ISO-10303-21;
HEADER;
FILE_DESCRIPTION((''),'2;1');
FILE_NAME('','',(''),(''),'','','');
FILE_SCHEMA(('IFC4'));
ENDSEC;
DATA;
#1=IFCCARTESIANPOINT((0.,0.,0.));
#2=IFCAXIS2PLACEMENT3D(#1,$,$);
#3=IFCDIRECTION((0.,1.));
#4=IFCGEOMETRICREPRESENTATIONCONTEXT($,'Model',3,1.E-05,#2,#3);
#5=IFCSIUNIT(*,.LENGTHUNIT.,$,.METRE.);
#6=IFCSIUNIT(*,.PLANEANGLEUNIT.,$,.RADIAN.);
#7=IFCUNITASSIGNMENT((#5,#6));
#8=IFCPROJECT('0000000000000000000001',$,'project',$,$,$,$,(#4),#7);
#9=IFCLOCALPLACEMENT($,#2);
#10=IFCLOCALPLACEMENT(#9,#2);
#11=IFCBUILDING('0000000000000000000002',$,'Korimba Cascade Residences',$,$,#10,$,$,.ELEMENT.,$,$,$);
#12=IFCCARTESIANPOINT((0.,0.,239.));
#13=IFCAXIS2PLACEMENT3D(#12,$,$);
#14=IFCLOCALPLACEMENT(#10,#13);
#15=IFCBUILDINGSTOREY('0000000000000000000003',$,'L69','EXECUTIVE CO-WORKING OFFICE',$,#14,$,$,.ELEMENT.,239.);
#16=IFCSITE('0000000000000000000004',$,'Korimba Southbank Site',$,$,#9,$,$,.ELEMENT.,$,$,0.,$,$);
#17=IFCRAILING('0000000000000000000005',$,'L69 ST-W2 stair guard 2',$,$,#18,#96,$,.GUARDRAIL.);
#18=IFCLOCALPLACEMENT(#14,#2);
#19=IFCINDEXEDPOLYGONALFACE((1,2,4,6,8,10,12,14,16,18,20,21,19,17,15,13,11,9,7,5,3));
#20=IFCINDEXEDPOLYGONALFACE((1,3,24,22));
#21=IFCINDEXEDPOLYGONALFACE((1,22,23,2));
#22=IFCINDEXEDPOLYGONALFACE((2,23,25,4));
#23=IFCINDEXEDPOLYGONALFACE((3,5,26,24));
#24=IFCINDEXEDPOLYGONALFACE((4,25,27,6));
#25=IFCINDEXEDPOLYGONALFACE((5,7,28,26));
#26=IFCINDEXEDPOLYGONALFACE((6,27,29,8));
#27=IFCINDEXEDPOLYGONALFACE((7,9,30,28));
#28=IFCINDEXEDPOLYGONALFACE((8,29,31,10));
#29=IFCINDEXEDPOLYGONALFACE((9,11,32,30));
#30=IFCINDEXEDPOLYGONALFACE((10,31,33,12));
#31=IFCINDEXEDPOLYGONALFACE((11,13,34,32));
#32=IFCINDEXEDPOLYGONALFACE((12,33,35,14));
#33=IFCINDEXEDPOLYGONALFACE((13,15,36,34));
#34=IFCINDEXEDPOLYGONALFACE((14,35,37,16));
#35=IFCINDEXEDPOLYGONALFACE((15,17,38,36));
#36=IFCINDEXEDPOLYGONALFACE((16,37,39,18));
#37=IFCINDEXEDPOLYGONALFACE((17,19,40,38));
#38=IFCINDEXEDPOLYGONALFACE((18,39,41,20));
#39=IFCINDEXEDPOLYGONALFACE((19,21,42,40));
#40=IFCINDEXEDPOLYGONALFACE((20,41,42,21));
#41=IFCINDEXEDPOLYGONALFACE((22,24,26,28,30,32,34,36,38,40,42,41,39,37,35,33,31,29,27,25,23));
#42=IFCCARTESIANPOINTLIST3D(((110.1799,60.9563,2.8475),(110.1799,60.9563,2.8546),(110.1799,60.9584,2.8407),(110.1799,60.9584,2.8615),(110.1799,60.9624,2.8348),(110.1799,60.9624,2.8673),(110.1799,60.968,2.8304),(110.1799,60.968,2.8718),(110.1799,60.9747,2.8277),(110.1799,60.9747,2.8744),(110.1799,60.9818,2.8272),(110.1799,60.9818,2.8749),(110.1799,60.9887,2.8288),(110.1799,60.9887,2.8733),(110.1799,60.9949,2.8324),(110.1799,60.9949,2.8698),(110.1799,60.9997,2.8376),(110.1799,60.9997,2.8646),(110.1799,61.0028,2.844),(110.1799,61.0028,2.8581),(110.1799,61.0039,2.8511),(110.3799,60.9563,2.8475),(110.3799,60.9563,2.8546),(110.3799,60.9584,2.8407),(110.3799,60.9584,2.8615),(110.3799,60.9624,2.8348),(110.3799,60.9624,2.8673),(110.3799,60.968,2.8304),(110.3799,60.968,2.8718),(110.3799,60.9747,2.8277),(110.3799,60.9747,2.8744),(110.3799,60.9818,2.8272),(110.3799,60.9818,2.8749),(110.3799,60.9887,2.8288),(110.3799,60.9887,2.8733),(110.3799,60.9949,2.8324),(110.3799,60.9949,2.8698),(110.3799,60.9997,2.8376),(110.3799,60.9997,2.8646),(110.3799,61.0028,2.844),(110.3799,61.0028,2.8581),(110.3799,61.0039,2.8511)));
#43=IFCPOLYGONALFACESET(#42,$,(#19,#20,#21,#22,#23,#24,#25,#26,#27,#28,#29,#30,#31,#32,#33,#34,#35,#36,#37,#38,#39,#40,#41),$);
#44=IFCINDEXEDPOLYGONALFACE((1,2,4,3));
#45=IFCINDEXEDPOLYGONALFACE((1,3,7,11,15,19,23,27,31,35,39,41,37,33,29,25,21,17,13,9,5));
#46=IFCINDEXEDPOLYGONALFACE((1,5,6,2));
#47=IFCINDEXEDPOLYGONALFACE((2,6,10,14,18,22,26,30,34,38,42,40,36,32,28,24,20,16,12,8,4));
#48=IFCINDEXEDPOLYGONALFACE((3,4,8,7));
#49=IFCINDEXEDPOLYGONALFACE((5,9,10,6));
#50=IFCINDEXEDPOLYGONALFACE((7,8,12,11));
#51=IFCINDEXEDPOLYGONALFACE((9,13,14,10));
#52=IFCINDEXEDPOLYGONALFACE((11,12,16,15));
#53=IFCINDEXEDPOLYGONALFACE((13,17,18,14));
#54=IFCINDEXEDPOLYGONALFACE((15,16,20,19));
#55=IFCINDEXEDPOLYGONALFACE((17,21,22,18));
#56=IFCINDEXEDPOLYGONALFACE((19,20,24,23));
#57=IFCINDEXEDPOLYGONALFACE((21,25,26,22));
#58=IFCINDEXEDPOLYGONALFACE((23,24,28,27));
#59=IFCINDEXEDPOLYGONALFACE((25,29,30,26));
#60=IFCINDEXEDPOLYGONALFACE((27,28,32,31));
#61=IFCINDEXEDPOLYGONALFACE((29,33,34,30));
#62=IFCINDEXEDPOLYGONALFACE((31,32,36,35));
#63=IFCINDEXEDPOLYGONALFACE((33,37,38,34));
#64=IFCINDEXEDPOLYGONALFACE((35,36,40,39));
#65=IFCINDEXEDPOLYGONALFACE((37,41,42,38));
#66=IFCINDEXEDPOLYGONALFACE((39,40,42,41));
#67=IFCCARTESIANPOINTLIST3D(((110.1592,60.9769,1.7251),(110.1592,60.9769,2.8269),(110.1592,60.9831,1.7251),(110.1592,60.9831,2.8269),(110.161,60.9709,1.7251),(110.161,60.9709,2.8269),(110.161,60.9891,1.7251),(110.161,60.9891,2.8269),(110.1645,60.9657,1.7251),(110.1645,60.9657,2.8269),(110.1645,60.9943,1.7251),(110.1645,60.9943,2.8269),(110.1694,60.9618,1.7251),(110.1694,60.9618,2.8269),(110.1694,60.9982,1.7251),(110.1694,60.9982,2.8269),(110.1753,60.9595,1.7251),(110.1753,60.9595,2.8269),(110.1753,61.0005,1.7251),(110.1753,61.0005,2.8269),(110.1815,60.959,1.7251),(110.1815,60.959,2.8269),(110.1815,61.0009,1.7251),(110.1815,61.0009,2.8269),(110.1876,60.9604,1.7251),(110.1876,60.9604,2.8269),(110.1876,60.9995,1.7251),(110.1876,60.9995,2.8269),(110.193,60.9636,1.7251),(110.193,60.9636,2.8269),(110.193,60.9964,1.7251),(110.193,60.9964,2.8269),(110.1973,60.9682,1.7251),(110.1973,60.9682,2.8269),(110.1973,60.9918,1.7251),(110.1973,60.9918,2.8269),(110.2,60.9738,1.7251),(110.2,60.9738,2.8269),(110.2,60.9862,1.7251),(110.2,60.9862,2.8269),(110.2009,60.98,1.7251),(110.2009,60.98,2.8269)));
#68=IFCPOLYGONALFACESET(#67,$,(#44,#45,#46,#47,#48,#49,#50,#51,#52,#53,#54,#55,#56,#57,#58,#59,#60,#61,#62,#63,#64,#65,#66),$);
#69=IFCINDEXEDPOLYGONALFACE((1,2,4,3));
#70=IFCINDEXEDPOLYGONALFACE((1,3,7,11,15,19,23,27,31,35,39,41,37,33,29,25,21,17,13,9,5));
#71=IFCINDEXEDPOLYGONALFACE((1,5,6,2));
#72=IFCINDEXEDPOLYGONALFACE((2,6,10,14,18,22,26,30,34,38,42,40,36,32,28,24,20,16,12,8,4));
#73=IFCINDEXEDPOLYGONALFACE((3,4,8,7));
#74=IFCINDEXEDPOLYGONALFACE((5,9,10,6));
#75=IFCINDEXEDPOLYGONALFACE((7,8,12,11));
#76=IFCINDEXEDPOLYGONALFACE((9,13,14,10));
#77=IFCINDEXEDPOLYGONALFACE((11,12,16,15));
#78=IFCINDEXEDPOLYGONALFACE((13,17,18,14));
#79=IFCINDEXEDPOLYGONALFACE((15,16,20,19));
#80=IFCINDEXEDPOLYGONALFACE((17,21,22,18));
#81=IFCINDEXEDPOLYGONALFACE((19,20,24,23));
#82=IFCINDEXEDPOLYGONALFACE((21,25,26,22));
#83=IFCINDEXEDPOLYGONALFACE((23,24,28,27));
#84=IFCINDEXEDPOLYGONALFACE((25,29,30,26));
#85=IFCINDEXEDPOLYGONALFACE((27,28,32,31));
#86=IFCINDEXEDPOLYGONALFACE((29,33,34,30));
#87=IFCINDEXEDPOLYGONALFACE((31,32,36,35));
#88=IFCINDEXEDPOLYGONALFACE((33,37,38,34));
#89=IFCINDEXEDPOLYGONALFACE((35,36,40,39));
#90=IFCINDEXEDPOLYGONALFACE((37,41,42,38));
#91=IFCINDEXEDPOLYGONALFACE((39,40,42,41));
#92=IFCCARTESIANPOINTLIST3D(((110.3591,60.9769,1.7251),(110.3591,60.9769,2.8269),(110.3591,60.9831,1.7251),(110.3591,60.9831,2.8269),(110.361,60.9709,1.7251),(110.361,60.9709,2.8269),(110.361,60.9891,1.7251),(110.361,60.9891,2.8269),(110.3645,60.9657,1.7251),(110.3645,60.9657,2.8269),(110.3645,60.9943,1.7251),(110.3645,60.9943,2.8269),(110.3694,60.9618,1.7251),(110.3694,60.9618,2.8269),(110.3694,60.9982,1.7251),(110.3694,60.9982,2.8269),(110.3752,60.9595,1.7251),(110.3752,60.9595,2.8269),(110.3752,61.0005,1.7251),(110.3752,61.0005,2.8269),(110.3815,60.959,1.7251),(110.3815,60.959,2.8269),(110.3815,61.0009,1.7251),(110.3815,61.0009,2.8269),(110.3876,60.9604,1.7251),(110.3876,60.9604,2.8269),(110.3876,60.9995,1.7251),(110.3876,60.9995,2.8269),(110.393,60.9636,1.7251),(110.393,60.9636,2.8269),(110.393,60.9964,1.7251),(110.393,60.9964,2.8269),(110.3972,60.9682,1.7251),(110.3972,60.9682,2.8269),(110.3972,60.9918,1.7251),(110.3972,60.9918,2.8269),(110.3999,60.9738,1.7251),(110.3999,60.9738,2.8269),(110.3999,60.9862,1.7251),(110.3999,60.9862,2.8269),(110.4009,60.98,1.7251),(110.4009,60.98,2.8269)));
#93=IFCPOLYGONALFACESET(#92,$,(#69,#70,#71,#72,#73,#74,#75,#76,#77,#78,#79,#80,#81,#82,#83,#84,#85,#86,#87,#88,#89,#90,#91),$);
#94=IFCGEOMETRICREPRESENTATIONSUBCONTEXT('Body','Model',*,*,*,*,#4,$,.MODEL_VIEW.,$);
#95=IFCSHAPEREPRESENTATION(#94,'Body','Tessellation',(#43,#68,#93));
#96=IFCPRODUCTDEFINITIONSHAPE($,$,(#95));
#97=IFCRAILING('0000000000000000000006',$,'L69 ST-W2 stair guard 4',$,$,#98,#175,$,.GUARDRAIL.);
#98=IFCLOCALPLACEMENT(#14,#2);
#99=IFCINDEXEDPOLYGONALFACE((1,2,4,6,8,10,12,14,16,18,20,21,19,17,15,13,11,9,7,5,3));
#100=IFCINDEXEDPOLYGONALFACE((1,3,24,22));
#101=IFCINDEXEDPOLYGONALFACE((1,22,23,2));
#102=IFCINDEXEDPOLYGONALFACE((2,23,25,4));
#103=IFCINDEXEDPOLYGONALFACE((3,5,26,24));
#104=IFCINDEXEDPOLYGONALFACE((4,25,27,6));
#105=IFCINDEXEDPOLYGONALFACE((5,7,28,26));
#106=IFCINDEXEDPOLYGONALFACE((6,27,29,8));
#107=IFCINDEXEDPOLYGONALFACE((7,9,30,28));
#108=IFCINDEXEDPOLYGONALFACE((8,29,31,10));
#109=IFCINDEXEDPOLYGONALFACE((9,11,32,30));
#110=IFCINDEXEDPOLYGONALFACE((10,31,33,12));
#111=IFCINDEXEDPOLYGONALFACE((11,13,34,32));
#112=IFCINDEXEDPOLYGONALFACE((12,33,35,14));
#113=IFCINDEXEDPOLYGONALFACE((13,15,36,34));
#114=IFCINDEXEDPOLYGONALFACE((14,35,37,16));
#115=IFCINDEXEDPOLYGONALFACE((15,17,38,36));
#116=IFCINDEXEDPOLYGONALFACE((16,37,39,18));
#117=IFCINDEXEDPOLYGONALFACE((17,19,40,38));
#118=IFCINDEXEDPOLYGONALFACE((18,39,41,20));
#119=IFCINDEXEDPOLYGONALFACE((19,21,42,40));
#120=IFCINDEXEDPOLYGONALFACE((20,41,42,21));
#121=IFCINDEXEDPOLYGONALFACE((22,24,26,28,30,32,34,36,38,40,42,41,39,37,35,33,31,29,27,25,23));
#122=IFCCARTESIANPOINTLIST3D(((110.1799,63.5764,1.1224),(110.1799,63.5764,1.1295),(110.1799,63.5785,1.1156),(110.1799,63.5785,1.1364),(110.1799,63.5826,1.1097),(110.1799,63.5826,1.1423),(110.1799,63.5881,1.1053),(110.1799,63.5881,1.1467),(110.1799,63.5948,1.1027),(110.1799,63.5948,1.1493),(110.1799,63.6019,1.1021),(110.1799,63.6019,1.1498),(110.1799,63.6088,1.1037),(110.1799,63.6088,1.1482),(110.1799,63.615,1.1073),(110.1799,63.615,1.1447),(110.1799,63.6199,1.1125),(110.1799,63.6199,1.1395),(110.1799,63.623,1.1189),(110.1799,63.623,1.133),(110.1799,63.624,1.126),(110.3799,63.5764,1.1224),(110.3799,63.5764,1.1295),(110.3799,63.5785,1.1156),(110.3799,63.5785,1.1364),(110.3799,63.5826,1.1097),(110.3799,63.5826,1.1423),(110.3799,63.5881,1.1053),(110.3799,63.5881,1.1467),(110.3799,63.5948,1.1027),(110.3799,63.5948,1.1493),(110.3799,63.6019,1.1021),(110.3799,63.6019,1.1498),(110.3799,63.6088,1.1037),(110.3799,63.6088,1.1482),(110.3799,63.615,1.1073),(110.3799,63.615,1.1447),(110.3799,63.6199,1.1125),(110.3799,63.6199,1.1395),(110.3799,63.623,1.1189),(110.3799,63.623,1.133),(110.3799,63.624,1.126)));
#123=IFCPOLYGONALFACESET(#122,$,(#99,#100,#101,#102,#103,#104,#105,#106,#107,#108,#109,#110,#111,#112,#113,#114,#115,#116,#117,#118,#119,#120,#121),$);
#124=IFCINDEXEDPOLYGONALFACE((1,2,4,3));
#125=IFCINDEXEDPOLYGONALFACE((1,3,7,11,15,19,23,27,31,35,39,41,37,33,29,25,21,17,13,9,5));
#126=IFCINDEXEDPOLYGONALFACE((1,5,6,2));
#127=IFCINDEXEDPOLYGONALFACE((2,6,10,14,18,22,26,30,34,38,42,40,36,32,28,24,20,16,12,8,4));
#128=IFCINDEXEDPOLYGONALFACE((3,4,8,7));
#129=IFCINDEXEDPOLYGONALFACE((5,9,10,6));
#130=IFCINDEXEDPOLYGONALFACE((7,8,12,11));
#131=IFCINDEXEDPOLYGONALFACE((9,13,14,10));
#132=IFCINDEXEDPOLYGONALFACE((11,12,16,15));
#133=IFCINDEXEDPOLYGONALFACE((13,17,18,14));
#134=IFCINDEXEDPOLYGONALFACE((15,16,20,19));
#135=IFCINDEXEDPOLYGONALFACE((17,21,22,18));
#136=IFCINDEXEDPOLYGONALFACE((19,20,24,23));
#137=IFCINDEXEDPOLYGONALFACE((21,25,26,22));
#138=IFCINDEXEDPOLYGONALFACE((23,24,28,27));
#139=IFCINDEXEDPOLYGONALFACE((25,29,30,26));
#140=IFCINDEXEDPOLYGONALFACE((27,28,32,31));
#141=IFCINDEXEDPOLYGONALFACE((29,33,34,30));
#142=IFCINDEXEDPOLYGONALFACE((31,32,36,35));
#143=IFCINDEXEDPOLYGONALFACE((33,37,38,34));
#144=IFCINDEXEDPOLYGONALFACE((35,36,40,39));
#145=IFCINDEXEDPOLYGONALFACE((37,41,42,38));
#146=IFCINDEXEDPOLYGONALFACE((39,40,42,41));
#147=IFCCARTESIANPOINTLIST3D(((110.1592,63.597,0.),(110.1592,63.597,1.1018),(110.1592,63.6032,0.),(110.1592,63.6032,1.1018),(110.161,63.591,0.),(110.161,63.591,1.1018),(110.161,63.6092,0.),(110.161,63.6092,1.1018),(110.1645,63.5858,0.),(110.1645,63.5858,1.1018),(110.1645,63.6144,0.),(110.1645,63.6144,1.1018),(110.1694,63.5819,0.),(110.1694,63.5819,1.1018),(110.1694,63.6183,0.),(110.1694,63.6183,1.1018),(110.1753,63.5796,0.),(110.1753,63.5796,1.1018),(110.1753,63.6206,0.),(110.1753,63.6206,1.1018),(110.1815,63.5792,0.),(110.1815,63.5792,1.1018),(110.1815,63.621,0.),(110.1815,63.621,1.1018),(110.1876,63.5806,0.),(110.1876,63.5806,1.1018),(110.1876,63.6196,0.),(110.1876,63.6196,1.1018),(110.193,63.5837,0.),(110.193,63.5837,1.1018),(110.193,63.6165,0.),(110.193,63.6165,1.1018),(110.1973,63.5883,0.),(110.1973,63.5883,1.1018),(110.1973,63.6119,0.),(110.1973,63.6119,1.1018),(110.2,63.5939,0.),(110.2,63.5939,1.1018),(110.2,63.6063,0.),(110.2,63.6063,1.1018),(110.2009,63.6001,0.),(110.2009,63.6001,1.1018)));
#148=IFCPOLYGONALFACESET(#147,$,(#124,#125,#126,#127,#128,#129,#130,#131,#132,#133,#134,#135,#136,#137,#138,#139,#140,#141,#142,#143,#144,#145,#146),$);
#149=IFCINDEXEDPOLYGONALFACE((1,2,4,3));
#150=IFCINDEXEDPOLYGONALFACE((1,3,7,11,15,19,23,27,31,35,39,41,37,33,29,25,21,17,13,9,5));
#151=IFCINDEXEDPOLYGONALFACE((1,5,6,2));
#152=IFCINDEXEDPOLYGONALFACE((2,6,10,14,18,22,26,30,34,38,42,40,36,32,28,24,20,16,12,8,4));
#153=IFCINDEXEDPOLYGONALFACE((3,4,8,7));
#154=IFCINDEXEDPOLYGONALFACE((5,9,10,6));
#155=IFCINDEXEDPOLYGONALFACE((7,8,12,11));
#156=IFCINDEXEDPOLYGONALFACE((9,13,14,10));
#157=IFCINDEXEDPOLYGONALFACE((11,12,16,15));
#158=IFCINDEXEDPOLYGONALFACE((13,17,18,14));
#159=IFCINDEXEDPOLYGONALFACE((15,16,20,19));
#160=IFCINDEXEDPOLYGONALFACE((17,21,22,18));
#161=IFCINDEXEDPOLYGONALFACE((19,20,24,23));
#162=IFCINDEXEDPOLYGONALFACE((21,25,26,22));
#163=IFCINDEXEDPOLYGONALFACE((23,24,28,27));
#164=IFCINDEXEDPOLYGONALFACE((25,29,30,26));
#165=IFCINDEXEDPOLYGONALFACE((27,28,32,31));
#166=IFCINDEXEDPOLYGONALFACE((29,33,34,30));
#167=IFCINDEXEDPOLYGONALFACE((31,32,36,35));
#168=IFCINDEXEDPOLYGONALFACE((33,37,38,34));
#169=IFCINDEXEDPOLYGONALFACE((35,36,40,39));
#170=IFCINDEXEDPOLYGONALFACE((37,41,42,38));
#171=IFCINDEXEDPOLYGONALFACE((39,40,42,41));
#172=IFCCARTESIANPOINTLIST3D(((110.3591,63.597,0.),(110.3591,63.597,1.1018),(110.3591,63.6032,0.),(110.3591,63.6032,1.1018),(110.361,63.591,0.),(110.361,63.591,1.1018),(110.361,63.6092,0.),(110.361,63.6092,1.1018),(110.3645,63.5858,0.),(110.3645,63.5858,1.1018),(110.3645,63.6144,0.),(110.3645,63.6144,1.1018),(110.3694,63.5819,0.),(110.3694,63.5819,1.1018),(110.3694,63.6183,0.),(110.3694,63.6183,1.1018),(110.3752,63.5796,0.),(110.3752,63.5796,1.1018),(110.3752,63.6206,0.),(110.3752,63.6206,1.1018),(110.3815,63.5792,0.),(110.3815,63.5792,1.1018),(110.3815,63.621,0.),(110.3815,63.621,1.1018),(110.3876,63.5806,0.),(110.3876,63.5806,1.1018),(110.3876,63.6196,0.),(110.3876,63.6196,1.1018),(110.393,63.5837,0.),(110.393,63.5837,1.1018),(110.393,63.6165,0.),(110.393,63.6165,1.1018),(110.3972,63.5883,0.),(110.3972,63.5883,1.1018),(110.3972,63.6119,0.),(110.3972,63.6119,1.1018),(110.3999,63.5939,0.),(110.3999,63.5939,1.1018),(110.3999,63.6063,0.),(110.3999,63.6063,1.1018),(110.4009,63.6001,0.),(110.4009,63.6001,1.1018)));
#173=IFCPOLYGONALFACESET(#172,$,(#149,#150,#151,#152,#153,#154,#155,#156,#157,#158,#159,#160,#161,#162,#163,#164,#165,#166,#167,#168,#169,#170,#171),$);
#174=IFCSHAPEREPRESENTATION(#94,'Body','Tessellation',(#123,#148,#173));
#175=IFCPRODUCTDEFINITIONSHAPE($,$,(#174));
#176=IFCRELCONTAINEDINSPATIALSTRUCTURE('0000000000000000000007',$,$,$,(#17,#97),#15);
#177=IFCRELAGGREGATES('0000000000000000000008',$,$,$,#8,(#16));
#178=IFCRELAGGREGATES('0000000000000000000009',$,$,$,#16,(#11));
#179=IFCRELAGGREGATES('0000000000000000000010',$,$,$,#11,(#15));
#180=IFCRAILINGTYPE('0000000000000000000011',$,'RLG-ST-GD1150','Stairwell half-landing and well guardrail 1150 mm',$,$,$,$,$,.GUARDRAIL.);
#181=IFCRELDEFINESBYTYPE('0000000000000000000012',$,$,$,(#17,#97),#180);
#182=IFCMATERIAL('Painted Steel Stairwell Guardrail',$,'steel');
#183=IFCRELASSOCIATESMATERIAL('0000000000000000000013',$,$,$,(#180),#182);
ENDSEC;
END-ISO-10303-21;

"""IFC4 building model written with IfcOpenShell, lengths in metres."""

from ifc_helpers import new_model, si_unit, direction, frame, origin, origin_2d, place, context, subcontext, project, spatial, circle, extrude, material, type_object, element, save


model = new_model("IFC4")

# Units and contexts
model_context = context("Model", 3, precision=1e-05, world=origin(), true_north=direction((0.0, 1.0)))
body_context = subcontext(model_context, "Body", "Model", "MODEL_VIEW")
ifc_project = project(units=[si_unit("LENGTHUNIT", "METRE"), si_unit("PLANEANGLEUNIT", "RADIAN")], contexts=[model_context])

# Site, building, storey
site_placement = place(None, origin())
site = spatial("IfcSite", under=ifc_project, at=site_placement, Name="Korimba Southbank Site", CompositionType="ELEMENT", RefElevation=0.0)
building_placement = place(site_placement, origin())
building = spatial("IfcBuilding", under=site, at=building_placement, Name="Korimba Cascade Residences", CompositionType="ELEMENT")
storey_placement = place(building_placement, frame((0.0, 0.0, 239.0)))
storey = spatial("IfcBuildingStorey", under=building, at=storey_placement, Name="L69", Description="EXECUTIVE CO-WORKING OFFICE", CompositionType="ELEMENT", Elevation=239.0)

# Railings
ifc_material_1 = material(Name="Painted Steel Stairwell Guardrail", Category="steel")
railing_type_1 = type_object("IfcRailingType", Name="RLG-ST-GD1150", Description="Stairwell half-landing and well guardrail 1150 mm", PredefinedType="GUARDRAIL", material=ifc_material_1)
for number, where, name in (
    (1, (110.1799, 60.98, 1.7251), "L69 ST-W2 stair guard 2"),
    (2, (110.1799, 63.6001, 0.0), "L69 ST-W2 stair guard 4"),
):
    element("IfcRailing", number, at=place(storey_placement, frame(where)), inside=storey, type_object=railing_type_1, Name=name, PredefinedType="GUARDRAIL", context=body_context, shape_type="SweptSolid", body=[
        extrude(circle(Radius=0.0239, at=origin_2d()), frame((0.0, 0.0, 1.126), z_axis=(1.0, 0.0, 0.0), x_axis=(0.0, 1.0, 0.0)), (0.0, 0.0, 1.0), 0.2),
        extrude(circle(Radius=0.021, at=origin_2d()), origin(), (0.0, 0.0, 1.0), 1.1018),
        extrude(circle(Radius=0.021, at=origin_2d()), frame((0.2, 0.0, 0.0)), (0.0, 0.0, 1.0), 1.1018),
    ])

save(model, "model.ifc")
